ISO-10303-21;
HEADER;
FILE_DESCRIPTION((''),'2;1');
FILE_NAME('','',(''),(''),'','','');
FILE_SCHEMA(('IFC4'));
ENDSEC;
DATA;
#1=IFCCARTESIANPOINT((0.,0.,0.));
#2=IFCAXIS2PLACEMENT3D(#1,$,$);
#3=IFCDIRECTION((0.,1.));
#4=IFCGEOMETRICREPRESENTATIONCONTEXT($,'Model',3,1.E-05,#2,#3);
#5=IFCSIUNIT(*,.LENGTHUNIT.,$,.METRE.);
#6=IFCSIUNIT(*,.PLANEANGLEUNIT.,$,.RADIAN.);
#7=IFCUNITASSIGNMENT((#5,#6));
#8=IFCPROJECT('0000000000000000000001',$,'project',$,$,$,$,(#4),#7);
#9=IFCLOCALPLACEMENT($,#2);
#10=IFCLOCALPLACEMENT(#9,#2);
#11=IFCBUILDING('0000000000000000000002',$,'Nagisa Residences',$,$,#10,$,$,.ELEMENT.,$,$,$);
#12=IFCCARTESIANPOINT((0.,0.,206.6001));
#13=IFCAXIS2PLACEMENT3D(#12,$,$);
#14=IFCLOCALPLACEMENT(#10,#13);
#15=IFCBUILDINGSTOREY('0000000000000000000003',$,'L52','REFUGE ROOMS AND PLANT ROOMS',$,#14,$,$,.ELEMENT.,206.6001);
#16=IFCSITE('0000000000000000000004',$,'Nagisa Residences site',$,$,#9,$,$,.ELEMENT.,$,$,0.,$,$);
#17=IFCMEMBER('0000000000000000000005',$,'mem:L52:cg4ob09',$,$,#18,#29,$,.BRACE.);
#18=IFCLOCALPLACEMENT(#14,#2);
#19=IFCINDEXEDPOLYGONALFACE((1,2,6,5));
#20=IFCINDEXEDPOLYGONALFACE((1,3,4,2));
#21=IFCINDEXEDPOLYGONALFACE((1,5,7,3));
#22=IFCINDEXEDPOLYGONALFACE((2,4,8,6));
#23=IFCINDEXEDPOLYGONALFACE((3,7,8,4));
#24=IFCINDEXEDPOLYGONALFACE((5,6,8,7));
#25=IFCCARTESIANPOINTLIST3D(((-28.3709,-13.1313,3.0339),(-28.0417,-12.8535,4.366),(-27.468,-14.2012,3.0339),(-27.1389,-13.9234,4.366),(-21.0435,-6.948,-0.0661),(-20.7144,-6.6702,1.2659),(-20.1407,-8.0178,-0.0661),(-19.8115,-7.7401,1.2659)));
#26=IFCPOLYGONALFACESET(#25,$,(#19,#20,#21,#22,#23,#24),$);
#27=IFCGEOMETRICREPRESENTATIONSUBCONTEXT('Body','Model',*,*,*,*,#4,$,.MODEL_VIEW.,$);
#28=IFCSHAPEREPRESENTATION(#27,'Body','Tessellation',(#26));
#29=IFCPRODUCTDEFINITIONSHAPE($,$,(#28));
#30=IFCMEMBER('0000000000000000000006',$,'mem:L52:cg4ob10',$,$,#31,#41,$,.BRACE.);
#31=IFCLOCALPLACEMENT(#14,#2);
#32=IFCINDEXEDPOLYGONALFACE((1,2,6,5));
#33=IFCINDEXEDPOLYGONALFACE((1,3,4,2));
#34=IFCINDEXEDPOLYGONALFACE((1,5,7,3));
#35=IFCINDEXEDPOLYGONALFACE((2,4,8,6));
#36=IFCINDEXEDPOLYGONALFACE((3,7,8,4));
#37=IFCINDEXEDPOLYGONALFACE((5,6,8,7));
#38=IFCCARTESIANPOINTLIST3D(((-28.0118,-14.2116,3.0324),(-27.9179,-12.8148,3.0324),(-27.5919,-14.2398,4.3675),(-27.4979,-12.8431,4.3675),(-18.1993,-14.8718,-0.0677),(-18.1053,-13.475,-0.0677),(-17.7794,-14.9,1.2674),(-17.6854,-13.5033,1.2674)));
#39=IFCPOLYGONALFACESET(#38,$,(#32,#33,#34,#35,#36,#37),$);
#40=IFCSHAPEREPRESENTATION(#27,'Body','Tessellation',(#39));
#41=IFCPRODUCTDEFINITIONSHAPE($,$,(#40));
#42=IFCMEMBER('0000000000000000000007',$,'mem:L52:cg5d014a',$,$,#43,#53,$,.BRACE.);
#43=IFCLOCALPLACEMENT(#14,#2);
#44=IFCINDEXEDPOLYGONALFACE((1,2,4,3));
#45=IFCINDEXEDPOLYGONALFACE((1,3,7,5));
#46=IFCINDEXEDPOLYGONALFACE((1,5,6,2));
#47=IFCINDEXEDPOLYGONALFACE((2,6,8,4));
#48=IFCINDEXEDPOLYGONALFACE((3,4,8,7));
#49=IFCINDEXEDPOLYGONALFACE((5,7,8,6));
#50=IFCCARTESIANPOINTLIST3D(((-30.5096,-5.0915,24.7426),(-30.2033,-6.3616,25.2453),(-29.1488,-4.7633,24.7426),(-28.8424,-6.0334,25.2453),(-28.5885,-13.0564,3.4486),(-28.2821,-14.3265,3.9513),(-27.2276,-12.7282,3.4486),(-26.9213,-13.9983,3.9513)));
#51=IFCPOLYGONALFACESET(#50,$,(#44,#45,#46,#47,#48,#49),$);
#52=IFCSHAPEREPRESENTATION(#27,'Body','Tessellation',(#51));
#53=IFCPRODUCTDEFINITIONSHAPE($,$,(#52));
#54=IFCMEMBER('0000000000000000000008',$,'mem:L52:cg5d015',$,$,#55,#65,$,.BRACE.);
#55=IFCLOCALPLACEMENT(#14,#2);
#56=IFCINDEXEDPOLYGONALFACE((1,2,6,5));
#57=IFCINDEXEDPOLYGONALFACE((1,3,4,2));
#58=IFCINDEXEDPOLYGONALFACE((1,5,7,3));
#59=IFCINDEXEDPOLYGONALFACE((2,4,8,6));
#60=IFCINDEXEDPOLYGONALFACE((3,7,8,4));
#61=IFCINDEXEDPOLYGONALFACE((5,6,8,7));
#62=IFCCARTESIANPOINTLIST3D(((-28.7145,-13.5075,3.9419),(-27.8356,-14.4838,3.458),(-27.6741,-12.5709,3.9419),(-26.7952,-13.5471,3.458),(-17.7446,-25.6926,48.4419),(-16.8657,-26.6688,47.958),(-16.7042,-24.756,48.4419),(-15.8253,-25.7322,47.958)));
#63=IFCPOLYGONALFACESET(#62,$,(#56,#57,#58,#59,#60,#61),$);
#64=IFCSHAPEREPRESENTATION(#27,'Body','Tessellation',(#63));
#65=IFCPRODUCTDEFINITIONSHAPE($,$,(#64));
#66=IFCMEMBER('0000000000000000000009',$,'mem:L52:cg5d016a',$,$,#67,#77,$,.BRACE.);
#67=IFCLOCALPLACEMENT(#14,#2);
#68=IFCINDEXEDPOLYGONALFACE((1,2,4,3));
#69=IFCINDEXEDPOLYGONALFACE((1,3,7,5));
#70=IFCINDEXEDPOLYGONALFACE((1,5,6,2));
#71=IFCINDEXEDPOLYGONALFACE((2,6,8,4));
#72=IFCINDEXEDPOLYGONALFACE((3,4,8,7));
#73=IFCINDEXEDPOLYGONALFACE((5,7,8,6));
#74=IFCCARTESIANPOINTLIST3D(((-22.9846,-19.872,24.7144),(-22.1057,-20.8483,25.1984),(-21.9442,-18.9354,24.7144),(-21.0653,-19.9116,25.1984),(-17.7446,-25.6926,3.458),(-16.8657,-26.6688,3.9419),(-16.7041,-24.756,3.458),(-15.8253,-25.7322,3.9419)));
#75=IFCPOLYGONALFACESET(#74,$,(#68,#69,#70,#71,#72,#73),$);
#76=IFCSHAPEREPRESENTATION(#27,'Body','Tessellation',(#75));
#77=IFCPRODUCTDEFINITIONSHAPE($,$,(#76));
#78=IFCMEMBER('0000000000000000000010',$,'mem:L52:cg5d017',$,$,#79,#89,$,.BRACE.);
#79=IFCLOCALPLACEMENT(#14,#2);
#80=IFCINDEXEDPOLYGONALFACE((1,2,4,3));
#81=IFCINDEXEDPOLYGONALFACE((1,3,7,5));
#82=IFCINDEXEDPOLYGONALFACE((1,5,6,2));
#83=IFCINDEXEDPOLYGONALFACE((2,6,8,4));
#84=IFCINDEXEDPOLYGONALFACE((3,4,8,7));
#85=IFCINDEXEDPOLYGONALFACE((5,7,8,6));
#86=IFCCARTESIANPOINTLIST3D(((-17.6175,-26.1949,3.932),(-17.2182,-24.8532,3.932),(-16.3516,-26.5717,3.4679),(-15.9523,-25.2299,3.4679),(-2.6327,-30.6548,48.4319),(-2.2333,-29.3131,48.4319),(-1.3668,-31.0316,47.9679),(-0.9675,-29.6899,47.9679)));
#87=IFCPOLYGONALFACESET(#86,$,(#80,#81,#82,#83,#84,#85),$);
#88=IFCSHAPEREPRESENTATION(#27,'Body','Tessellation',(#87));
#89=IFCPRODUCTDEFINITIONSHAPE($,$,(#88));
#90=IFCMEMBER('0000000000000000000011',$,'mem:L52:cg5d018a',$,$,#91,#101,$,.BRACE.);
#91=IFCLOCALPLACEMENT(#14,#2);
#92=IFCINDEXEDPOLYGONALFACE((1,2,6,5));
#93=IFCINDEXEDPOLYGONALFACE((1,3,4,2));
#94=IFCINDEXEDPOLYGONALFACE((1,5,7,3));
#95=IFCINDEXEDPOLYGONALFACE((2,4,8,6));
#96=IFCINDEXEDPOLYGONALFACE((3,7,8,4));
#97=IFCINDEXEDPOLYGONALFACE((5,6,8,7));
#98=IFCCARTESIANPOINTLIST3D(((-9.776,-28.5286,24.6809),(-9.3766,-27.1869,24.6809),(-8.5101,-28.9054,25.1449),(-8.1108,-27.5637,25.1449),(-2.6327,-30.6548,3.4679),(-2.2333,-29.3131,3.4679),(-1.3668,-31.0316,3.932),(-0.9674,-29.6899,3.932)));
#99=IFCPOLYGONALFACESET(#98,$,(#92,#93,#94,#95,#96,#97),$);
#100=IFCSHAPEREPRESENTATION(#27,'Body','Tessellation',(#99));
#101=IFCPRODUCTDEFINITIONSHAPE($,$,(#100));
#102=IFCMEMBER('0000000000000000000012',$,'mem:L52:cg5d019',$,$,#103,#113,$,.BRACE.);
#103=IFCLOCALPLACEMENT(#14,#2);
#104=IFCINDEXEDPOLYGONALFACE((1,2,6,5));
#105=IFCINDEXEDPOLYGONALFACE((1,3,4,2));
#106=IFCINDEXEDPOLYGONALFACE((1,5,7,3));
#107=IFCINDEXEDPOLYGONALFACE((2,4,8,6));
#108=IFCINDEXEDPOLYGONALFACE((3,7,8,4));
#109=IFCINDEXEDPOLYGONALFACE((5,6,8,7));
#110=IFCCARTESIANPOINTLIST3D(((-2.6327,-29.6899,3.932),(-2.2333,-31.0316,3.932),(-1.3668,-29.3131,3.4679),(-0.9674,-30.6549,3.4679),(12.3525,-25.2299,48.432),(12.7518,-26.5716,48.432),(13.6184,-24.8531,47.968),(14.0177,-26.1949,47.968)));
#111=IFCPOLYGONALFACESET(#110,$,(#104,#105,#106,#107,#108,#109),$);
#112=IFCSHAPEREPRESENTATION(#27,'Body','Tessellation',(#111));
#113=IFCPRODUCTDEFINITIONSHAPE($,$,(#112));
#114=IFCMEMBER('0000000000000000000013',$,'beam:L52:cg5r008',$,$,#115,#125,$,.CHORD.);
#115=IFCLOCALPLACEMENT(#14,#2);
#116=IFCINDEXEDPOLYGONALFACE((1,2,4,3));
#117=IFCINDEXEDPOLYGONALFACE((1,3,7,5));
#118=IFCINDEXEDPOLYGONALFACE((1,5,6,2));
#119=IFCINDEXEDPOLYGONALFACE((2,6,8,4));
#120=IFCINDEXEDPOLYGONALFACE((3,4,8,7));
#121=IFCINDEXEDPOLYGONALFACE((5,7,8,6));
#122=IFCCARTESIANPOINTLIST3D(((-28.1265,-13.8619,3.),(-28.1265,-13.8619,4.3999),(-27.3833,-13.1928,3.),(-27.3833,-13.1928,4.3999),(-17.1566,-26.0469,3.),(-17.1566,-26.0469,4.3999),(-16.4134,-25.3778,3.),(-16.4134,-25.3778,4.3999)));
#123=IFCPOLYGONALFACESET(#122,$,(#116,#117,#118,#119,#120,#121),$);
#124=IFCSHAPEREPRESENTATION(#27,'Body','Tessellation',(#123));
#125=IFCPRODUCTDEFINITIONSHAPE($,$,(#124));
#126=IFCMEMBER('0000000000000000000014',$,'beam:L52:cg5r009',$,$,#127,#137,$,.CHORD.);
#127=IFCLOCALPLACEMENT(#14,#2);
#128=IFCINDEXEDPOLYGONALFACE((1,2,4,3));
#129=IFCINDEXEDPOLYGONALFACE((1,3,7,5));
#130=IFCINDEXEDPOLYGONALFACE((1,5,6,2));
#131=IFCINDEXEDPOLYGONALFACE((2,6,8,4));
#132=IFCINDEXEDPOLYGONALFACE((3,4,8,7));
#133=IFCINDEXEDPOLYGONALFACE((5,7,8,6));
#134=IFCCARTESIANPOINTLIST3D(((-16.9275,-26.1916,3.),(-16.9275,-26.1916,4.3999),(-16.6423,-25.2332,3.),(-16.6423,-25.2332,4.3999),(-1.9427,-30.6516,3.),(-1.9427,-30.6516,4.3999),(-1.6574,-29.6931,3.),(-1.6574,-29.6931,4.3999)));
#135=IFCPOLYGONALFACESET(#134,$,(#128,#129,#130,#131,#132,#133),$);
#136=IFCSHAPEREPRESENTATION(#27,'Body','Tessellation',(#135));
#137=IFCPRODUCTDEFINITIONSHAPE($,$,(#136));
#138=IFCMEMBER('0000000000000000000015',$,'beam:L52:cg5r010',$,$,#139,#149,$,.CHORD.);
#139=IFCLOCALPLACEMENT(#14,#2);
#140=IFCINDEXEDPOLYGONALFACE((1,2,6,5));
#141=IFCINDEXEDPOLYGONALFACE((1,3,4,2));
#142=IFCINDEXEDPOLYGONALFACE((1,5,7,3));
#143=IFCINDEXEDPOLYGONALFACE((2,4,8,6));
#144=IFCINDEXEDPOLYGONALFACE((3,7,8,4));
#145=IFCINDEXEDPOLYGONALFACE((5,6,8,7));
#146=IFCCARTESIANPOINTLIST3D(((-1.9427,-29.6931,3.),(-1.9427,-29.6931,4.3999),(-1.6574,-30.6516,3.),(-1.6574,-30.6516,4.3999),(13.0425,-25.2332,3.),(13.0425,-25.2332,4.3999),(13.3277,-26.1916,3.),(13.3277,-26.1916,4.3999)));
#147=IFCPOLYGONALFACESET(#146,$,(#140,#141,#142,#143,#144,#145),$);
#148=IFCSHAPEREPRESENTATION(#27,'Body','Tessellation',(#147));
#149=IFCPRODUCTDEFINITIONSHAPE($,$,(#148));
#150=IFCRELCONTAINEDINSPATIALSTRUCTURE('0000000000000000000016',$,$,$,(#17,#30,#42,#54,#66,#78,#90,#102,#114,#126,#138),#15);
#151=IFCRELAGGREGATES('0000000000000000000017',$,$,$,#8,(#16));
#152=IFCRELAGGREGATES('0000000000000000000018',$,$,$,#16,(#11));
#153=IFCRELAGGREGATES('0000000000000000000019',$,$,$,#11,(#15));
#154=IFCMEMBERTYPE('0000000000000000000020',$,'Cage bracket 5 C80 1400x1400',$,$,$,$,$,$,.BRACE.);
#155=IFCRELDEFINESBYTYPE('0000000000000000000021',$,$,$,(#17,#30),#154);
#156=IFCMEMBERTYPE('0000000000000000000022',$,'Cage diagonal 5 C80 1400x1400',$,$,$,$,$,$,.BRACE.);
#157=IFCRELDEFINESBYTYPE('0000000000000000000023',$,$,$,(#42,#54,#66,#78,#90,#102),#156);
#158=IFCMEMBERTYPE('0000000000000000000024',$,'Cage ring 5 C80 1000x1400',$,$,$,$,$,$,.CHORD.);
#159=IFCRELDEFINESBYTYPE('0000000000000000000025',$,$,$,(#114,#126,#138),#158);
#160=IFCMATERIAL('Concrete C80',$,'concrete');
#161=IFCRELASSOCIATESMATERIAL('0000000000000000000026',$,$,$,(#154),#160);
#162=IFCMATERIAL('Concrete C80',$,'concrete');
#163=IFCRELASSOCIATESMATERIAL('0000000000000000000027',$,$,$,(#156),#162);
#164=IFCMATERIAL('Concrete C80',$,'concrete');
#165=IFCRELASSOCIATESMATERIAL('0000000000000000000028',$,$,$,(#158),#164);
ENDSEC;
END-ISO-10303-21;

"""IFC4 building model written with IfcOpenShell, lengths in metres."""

from ifc_helpers import new_model, si_unit, direction, frame, origin, origin_2d, place, context, subcontext, project, spatial, rectangle, extrude, material, material_profile, profile_set, type_object, element, save


model = new_model("IFC4")

# Units and contexts
model_context = context("Model", 3, precision=1e-05, world=origin(), true_north=direction((0.0, 1.0)))
body_context = subcontext(model_context, "Body", "Model", "MODEL_VIEW")
ifc_project = project(units=[si_unit("LENGTHUNIT", "METRE"), si_unit("PLANEANGLEUNIT", "RADIAN")], contexts=[model_context])

# Site, building, storey
site_placement = place(None, origin())
site = spatial("IfcSite", under=ifc_project, at=site_placement, Name="Nagisa Residences site", CompositionType="ELEMENT", RefElevation=0.0)
building_placement = place(site_placement, origin())
building = spatial("IfcBuilding", under=site, at=building_placement, Name="Nagisa Residences", CompositionType="ELEMENT")
storey_placement = place(building_placement, frame((0.0, 0.0, 206.6001)))
storey = spatial("IfcBuildingStorey", under=building, at=storey_placement, Name="L52", Description="REFUGE ROOMS AND PLANT ROOMS", CompositionType="ELEMENT", Elevation=206.6001)

# Members
ifc_material_1 = material(Name="Concrete C80", Category="concrete")
ifc_material_profile_1 = material_profile(ifc_material_1, rectangle(XDim=1.3999, YDim=1.3999, at=origin_2d()), Name="C80 1400x1400")
ifc_profile_set_1 = profile_set([ifc_material_profile_1], Name="Concrete C80")
member_type_1 = type_object("IfcMemberType", Name="Cage bracket 5 C80 1400x1400", PredefinedType="BRACE", material=ifc_profile_set_1)
member_1_placement = place(storey_placement, frame((-27.7549, -13.5273, 3.7), z_axis=(0.727179, 0.613643, -0.307657), x_axis=(-0.644923, 0.764247, 0.0)))
element("IfcMember", 1, at=member_1_placement, inside=storey, type_object=member_type_1, Name="mem:L52:cg4ob09", PredefinedType="BRACE", context=body_context, shape_type="SweptSolid", body=[
    extrude(rectangle(XDim=1.3999, YDim=1.3999, at=origin_2d()), origin(), (0.0, 0.0, 1.0), 10.0764),
])
member_2_placement = place(storey_placement, frame((-27.7549, -13.5273, 3.7), z_axis=(0.951587, -0.06402, -0.300638), x_axis=(0.067125, 0.997745, 0.0)))
element("IfcMember", 2, at=member_2_placement, inside=storey, type_object=member_type_1, Name="mem:L52:cg4ob10", PredefinedType="BRACE", context=body_context, shape_type="SweptSolid", body=[
    extrude(rectangle(XDim=1.3999, YDim=1.3999, at=origin_2d()), origin(), (0.0, 0.0, 1.0), 10.3118),
])
ifc_material_2 = material(Name="Concrete C80", Category="concrete")
ifc_material_profile_2 = material_profile(ifc_material_2, rectangle(XDim=1.3999, YDim=1.3999, at=origin_2d()), Name="C80 1400x1400")
ifc_profile_set_2 = profile_set([ifc_material_profile_2], Name="Concrete C80")
member_type_2 = type_object("IfcMemberType", Name="Cage diagonal 5 C80 1400x1400", PredefinedType="BRACE", material=ifc_profile_set_2)
member_3_placement = place(storey_placement, frame((-27.7549, -13.5273, 3.7), z_axis=(-0.084202, 0.349093, 0.933297), x_axis=(-0.972121, -0.234478, 0.0)))
element("IfcMember", 3, at=member_3_placement, inside=storey, type_object=member_type_2, Name="mem:L52:cg5d014a", PredefinedType="BRACE", context=body_context, shape_type="SweptSolid", body=[
    extrude(rectangle(XDim=1.3999, YDim=1.3999, at=origin_2d()), origin(), (0.0, 0.0, 1.0), 22.8159),
])
member_4_placement = place(storey_placement, frame((-27.7549, -13.5273, 3.7), z_axis=(0.231315, -0.256937, 0.938337), x_axis=(0.74319, 0.66908, 0.0)))
element("IfcMember", 4, at=member_4_placement, inside=storey, type_object=member_type_2, Name="mem:L52:cg5d015", PredefinedType="BRACE", context=body_context, shape_type="SweptSolid", body=[
    extrude(rectangle(XDim=1.3999, YDim=1.3999, at=origin_2d()), origin(), (0.0, 0.0, 1.0), 47.4243),
])
member_5_placement = place(storey_placement, frame((-16.7849, -25.7124, 3.7), z_axis=(-0.231313, 0.256942, 0.938336), x_axis=(-0.7432, -0.66907, 0.0)))
element("IfcMember", 5, at=member_5_placement, inside=storey, type_object=member_type_2, Name="mem:L52:cg5d016a", PredefinedType="BRACE", context=body_context, shape_type="SweptSolid", body=[
    extrude(rectangle(XDim=1.3999, YDim=1.3999, at=origin_2d()), origin(), (0.0, 0.0, 1.0), 22.6533),
])
member_6_placement = place(storey_placement, frame((-16.7849, -25.7124, 3.7), z_axis=(0.317701, -0.094558, 0.943464), x_axis=(0.285264, 0.958449, 0.0)))
element("IfcMember", 6, at=member_6_placement, inside=storey, type_object=member_type_2, Name="mem:L52:cg5d017", PredefinedType="BRACE", context=body_context, shape_type="SweptSolid", body=[
    extrude(rectangle(XDim=1.3999, YDim=1.3999, at=origin_2d()), origin(), (0.0, 0.0, 1.0), 47.1665),
])
member_7_placement = place(storey_placement, frame((-1.8, -30.1724, 3.7), z_axis=(-0.317705, 0.094566, 0.943462), x_axis=(-0.285283, -0.958443, 0.0)))
element("IfcMember", 7, at=member_7_placement, inside=storey, type_object=member_type_2, Name="mem:L52:cg5d018a", PredefinedType="BRACE", context=body_context, shape_type="SweptSolid", body=[
    extrude(rectangle(XDim=1.3999, YDim=1.3999, at=origin_2d()), origin(), (0.0, 0.0, 1.0), 22.4841),
])
member_8_placement = place(storey_placement, frame((-1.8, -30.1724, 3.7), z_axis=(0.317705, 0.094557, 0.943463), x_axis=(-0.28526, 0.95845, 0.0)))
element("IfcMember", 8, at=member_8_placement, inside=storey, type_object=member_type_2, Name="mem:L52:cg5d019", PredefinedType="BRACE", context=body_context, shape_type="SweptSolid", body=[
    extrude(rectangle(XDim=1.3999, YDim=1.3999, at=origin_2d()), origin(), (0.0, 0.0, 1.0), 47.1667),
])
ifc_material_3 = material(Name="Concrete C80", Category="concrete")
ifc_material_profile_3 = material_profile(ifc_material_3, rectangle(XDim=1.0, YDim=1.3999, at=origin_2d()), Name="C80 1000x1400")
ifc_profile_set_3 = profile_set([ifc_material_profile_3], Name="Concrete C80")
member_type_3 = type_object("IfcMemberType", Name="Cage ring 5 C80 1000x1400", PredefinedType="CHORD", material=ifc_profile_set_3)
member_9_placement = place(storey_placement, frame((-27.7549, -13.5273, 3.7), z_axis=(0.66908, -0.74319, 0.0), x_axis=(0.74319, 0.66908, 0.0)))
element("IfcMember", 9, at=member_9_placement, inside=storey, type_object=member_type_3, Name="beam:L52:cg5r008", PredefinedType="CHORD", context=body_context, shape_type="SweptSolid", body=[
    extrude(rectangle(XDim=1.0, YDim=1.3999, at=origin_2d()), origin(), (0.0, 0.0, 1.0), 16.3955),
])
member_10_placement = place(storey_placement, frame((-16.7849, -25.7124, 3.7), z_axis=(0.958449, -0.285264, 0.0), x_axis=(0.285264, 0.958449, 0.0)))
element("IfcMember", 10, at=member_10_placement, inside=storey, type_object=member_type_3, Name="beam:L52:cg5r009", PredefinedType="CHORD", context=body_context, shape_type="SweptSolid", body=[
    extrude(rectangle(XDim=1.0, YDim=1.3999, at=origin_2d()), origin(), (0.0, 0.0, 1.0), 15.6345),
])
member_11_placement = place(storey_placement, frame((-1.8, -30.1724, 3.7), z_axis=(0.95845, 0.28526, 0.0), x_axis=(-0.28526, 0.95845, 0.0)))
element("IfcMember", 11, at=member_11_placement, inside=storey, type_object=member_type_3, Name="beam:L52:cg5r010", PredefinedType="CHORD", context=body_context, shape_type="SweptSolid", body=[
    extrude(rectangle(XDim=1.0, YDim=1.3999, at=origin_2d()), origin(), (0.0, 0.0, 1.0), 15.6348),
])

save(model, "model.ifc")
